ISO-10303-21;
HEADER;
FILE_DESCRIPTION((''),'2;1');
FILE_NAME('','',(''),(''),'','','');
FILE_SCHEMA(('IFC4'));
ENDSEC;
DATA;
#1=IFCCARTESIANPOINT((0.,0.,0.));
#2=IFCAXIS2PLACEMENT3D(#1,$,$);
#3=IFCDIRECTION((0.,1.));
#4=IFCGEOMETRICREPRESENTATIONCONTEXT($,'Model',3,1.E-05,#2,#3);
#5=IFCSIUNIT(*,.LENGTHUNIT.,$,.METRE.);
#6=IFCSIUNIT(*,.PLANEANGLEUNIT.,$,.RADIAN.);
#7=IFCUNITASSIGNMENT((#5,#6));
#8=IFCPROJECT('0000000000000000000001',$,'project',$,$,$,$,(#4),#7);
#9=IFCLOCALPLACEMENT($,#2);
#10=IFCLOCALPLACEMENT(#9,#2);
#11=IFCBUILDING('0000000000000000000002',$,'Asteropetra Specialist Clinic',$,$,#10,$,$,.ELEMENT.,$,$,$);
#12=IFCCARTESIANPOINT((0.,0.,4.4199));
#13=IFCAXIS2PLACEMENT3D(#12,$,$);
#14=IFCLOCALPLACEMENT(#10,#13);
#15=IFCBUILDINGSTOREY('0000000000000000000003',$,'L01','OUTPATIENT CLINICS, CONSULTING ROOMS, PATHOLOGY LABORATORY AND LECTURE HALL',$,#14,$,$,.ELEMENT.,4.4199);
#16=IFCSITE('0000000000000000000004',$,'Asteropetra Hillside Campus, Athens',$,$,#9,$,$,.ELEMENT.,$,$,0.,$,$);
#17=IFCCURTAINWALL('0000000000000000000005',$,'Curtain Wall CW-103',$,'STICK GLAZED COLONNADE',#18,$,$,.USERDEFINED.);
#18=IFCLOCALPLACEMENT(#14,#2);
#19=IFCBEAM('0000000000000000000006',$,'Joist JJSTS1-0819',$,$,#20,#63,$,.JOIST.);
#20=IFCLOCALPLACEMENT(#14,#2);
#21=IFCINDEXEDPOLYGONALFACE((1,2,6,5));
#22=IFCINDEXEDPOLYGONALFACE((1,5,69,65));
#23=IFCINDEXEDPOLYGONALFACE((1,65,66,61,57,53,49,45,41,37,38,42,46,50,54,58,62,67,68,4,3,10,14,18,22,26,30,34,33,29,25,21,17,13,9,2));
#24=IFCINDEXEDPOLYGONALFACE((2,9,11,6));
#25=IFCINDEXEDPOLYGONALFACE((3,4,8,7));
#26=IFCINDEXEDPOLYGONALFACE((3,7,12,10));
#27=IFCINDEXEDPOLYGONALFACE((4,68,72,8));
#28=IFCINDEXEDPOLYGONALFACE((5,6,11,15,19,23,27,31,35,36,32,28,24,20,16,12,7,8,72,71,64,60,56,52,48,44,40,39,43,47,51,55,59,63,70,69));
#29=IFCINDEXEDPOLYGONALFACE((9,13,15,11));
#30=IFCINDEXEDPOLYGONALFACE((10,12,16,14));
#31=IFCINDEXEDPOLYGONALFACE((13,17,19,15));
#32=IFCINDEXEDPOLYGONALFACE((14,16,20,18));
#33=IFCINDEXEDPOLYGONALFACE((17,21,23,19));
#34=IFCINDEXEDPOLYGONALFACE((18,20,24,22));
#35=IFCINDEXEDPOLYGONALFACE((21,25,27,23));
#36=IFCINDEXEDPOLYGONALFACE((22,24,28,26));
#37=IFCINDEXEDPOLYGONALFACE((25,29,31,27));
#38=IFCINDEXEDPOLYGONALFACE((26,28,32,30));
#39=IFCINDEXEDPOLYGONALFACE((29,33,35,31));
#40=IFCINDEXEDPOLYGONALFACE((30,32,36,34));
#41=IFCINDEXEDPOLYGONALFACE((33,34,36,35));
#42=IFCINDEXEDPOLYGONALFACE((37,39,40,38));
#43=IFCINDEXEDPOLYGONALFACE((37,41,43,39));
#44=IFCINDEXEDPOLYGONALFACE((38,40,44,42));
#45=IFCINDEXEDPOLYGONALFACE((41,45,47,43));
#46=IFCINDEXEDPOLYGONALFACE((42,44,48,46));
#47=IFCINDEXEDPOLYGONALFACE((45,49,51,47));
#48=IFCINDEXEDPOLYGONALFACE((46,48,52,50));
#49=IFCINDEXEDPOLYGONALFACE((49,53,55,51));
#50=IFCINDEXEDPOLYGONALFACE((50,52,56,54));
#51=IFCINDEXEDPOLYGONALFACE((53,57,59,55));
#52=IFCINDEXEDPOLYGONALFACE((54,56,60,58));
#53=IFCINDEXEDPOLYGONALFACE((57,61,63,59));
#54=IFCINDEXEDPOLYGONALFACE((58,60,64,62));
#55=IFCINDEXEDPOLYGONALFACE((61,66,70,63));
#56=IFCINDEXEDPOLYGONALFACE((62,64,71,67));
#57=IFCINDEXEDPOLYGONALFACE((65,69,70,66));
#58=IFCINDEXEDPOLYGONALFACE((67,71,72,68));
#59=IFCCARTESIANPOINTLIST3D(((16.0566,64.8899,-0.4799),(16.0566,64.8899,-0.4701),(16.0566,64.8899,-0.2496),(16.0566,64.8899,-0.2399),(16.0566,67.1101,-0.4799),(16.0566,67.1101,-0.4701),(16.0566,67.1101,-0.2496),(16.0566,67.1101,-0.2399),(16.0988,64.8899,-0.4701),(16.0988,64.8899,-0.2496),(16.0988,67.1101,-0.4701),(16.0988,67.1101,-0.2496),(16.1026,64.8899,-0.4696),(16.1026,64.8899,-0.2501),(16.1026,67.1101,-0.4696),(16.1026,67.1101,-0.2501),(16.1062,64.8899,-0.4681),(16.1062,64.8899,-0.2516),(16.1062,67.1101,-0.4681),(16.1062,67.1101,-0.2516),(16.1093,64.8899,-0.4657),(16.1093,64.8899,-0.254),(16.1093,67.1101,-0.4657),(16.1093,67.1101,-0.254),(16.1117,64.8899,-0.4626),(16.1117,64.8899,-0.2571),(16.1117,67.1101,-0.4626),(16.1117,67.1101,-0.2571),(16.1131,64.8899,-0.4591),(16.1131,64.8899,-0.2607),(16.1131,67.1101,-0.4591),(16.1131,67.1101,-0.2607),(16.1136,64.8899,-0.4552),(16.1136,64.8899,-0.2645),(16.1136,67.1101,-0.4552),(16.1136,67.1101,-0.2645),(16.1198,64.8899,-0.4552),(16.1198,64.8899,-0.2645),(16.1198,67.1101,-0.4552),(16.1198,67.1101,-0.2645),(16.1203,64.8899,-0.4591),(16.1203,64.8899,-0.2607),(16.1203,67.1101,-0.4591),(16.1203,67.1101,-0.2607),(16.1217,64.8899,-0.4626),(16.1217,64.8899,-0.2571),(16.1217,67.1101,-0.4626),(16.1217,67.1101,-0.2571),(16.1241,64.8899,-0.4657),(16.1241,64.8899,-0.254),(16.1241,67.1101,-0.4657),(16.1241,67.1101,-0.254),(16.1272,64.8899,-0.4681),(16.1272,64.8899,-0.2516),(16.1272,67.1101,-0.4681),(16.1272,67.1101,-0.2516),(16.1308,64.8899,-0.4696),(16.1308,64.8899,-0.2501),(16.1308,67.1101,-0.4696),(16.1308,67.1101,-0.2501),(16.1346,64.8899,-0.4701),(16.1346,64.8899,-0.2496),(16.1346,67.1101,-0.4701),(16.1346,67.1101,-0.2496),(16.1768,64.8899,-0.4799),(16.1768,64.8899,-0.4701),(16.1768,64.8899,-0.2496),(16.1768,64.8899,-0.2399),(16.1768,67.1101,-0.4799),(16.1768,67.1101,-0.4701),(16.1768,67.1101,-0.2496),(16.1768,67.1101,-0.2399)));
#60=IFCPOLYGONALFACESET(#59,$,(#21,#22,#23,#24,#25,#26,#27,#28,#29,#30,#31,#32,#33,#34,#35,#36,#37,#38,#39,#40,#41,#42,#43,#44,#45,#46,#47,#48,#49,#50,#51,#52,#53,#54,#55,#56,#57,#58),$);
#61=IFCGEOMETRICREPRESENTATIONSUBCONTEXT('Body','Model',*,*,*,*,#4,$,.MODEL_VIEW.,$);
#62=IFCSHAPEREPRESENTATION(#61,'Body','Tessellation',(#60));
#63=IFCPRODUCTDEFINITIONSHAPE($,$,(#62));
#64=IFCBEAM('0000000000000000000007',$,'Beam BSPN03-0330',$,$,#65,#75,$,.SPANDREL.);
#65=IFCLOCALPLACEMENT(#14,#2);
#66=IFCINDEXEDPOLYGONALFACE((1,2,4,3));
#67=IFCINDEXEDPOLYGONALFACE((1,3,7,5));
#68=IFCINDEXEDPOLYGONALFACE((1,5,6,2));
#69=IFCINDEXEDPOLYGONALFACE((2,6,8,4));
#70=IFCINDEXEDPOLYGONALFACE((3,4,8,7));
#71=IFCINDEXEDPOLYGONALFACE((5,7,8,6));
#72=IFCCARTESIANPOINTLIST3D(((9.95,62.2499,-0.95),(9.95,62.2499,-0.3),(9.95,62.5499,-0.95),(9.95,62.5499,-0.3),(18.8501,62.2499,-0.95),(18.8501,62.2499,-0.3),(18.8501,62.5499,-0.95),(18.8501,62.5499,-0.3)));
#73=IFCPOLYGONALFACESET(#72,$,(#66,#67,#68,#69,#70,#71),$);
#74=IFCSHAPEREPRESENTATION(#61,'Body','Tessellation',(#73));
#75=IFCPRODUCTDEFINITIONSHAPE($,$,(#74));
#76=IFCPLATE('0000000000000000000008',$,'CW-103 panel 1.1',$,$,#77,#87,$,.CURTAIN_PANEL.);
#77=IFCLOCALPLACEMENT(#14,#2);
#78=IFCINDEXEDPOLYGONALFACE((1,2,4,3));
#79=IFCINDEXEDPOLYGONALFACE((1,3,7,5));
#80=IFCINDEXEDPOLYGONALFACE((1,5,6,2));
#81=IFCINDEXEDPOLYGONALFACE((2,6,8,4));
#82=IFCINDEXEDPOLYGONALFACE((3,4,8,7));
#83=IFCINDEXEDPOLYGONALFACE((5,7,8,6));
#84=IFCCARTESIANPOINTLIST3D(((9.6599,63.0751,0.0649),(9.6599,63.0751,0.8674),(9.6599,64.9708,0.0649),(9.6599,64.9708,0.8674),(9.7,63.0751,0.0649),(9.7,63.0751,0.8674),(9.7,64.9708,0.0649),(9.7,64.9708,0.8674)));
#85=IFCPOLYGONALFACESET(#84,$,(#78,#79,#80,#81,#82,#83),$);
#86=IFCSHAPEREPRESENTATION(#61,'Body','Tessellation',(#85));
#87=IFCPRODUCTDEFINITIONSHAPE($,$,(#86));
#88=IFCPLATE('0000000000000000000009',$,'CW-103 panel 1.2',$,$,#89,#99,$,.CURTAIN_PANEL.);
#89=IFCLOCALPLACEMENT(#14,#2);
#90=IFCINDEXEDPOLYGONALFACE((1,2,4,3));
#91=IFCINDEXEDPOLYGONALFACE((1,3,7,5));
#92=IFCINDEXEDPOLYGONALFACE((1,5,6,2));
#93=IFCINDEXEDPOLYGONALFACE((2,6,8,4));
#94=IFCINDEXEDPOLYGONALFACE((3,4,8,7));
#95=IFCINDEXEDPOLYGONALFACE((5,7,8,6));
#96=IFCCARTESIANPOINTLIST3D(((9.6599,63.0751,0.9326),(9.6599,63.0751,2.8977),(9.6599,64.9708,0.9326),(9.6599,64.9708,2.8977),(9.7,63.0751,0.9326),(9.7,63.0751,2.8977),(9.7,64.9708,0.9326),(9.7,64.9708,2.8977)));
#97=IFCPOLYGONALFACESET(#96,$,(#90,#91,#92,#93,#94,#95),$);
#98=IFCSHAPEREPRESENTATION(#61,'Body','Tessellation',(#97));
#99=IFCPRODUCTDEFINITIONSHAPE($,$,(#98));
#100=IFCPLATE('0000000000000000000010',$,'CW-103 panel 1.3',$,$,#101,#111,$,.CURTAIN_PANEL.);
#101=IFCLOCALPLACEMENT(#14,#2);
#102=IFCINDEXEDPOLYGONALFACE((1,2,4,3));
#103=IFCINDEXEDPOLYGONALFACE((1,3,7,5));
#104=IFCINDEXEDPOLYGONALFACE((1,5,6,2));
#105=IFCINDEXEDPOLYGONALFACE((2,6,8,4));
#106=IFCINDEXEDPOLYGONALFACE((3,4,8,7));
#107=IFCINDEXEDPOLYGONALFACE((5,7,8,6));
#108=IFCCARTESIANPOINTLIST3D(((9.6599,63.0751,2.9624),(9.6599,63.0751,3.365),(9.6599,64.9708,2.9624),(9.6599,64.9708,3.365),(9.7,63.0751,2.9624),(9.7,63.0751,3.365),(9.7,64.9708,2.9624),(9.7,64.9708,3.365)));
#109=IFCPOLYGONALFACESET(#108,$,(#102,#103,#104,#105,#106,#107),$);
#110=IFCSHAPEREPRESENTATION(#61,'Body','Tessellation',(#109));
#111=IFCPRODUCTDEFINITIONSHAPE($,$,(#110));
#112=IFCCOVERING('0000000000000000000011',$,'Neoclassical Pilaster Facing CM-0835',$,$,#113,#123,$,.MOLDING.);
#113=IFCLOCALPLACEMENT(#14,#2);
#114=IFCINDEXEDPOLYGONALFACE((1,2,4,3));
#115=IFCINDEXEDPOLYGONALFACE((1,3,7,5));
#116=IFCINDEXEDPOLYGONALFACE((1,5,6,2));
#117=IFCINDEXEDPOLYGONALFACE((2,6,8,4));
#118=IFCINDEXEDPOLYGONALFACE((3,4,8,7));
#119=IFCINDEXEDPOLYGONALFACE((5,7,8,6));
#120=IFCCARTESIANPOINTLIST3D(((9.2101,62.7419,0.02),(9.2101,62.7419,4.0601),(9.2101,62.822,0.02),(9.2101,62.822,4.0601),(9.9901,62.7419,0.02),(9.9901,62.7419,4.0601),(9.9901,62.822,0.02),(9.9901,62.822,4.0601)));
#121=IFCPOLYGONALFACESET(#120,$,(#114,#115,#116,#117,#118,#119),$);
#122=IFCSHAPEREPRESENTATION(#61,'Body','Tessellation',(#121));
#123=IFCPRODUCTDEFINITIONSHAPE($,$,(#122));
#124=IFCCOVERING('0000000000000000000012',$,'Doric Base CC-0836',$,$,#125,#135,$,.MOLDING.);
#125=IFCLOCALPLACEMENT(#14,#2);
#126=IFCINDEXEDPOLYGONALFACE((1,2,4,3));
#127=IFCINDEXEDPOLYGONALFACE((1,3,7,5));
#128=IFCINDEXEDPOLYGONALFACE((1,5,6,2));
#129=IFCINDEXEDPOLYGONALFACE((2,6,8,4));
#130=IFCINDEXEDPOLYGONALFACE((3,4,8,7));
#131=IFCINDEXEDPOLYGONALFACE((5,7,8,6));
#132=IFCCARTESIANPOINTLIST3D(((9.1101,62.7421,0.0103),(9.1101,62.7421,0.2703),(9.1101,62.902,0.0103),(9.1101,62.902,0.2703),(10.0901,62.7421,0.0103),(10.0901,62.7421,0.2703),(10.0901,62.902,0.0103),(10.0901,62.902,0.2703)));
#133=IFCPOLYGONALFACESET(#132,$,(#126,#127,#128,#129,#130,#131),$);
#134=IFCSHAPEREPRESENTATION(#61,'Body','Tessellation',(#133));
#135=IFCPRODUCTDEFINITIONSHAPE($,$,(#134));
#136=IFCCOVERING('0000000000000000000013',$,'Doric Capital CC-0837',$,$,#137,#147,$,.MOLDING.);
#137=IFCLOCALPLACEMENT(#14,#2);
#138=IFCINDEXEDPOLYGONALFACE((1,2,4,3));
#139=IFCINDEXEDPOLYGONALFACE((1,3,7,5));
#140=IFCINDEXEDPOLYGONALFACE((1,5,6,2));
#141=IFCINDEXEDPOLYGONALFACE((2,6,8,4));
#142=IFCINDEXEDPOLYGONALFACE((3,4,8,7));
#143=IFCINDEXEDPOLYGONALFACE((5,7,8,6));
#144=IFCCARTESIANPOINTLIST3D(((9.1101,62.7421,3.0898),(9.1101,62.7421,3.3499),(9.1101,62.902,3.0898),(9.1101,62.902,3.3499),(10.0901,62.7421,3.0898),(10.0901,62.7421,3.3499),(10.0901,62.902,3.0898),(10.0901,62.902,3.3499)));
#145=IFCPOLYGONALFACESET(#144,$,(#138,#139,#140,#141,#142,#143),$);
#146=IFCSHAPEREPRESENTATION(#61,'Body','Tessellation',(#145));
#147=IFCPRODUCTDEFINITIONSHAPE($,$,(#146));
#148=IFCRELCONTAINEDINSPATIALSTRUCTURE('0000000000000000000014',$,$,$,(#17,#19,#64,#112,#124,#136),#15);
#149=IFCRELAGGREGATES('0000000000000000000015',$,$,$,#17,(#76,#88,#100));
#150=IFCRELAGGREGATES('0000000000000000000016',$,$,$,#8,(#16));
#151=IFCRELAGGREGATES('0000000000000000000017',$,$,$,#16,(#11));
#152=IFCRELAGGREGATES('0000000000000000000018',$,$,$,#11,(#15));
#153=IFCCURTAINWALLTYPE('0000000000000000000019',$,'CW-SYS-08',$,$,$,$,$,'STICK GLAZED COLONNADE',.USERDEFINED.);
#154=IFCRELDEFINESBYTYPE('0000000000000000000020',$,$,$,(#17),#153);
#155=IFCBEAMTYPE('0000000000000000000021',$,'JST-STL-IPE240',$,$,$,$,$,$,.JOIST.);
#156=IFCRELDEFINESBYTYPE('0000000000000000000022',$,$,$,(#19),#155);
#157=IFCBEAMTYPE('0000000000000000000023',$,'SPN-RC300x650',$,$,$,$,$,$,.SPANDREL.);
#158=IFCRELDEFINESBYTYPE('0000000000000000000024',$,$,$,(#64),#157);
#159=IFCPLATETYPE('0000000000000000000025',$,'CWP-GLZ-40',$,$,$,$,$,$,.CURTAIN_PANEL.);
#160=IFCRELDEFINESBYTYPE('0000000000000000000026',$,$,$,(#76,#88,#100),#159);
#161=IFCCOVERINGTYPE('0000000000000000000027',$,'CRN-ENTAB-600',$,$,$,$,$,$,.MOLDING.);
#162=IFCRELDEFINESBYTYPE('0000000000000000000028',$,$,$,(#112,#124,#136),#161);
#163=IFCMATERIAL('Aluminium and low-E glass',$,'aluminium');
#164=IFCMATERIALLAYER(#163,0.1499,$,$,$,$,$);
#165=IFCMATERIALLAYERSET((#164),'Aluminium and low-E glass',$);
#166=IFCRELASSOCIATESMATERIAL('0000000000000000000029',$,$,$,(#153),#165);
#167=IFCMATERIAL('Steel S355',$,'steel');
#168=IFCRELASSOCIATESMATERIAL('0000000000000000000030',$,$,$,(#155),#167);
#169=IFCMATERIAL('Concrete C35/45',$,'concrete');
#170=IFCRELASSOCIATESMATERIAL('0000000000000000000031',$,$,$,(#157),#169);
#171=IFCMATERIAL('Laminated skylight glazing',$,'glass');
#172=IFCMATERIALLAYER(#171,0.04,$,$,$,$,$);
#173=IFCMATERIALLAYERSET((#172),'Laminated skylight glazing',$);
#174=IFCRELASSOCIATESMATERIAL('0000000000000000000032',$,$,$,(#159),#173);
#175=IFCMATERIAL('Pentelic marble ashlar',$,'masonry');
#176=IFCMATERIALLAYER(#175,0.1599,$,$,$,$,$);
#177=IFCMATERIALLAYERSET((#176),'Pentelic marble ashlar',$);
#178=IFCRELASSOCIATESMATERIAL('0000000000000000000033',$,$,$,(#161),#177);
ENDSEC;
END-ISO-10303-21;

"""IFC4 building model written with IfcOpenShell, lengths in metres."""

from ifc_helpers import new_model, si_unit, direction, frame, origin, origin_2d, place, context, subcontext, project, spatial, rectangle, i_section, extrude, material, layer, layer_set, material_profile, profile_set, type_object, element, aggregate, save


model = new_model("IFC4")

# Units and contexts
model_context = context("Model", 3, precision=1e-05, world=origin(), true_north=direction((0.0, 1.0)))
body_context = subcontext(model_context, "Body", "Model", "MODEL_VIEW")
ifc_project = project(units=[si_unit("LENGTHUNIT", "METRE"), si_unit("PLANEANGLEUNIT", "RADIAN")], contexts=[model_context])

# Site, building, storey
site_placement = place(None, origin())
site = spatial("IfcSite", under=ifc_project, at=site_placement, Name="Asteropetra Hillside Campus, Athens", CompositionType="ELEMENT", RefElevation=0.0)
building_placement = place(site_placement, origin())
building = spatial("IfcBuilding", under=site, at=building_placement, Name="Asteropetra Specialist Clinic", CompositionType="ELEMENT")
storey_placement = place(building_placement, frame((0.0, 0.0, 4.4199)))
storey = spatial("IfcBuildingStorey", under=building, at=storey_placement, Name="L01", Description="OUTPATIENT CLINICS, CONSULTING ROOMS, PATHOLOGY LABORATORY AND LECTURE HALL", CompositionType="ELEMENT", Elevation=4.4199)

# Curtain wall
ifc_material_1 = material(Name="Aluminium and low-E glass", Category="aluminium")
ifc_layer_1 = layer(ifc_material_1, 0.1499)
ifc_layer_set_1 = layer_set([ifc_layer_1], Name="Aluminium and low-E glass")
curtain_wall_type_1 = type_object("IfcCurtainWallType", Name="CW-SYS-08", ElementType="STICK GLAZED COLONNADE", PredefinedType="USERDEFINED", material=ifc_layer_set_1)
curtain_wall_1_placement = place(storey_placement, origin())
curtain_wall_1 = element("IfcCurtainWall", 1, at=curtain_wall_1_placement, inside=storey, type_object=curtain_wall_type_1, Name="Curtain Wall CW-103", ObjectType="STICK GLAZED COLONNADE", PredefinedType="USERDEFINED")

# Beams
ifc_material_2 = material(Name="Steel S355", Category="steel")
ifc_material_profile_1 = material_profile(ifc_material_2, i_section(OverallWidth=0.1201, OverallDepth=0.24, WebThickness=0.0061, FlangeThickness=0.0098, FilletRadius=0.0149, at=origin_2d()), Name="IPE 240")
ifc_profile_set_1 = profile_set([ifc_material_profile_1], Name="Steel S355")
beam_type_1 = type_object("IfcBeamType", Name="JST-STL-IPE240", PredefinedType="JOIST", material=ifc_profile_set_1)
for number, where, z_axis, x_axis, name in (
    (2, (16.1167, 64.8899, -0.3599), (0.0, 1.0, 0.0), (-1.0, 0.0, 0.0), "Joist JJSTS1-0819"),
):
    element("IfcBeam", number, at=place(storey_placement, frame(where, z_axis=z_axis, x_axis=x_axis)), inside=storey, type_object=beam_type_1, Name=name, PredefinedType="JOIST", context=body_context, shape_type="SweptSolid", body=[
        extrude(i_section(OverallWidth=0.1201, OverallDepth=0.24, WebThickness=0.0061, FlangeThickness=0.0098, FilletRadius=0.0149, at=origin_2d()), origin(), (0.0, 0.0, 1.0), 2.2202),
    ])
ifc_material_3 = material(Name="Concrete C35/45", Category="concrete")
ifc_material_profile_2 = material_profile(ifc_material_3, rectangle(XDim=0.3, YDim=0.6499, at=origin_2d()), Name="RCS 300x650")
ifc_profile_set_2 = profile_set([ifc_material_profile_2], Name="Concrete C35/45")
beam_type_2 = type_object("IfcBeamType", Name="SPN-RC300x650", PredefinedType="SPANDREL", material=ifc_profile_set_2)
beam_1_placement = place(storey_placement, frame((9.95, 62.3999, -0.625), z_axis=(1.0, 0.0, 0.0), x_axis=(0.0, 1.0, 0.0)))
element("IfcBeam", 3, at=beam_1_placement, inside=storey, type_object=beam_type_2, Name="Beam BSPN03-0330", PredefinedType="SPANDREL", context=body_context, shape_type="SweptSolid", body=[
    extrude(rectangle(XDim=0.3, YDim=0.6499, at=origin_2d()), origin(), (0.0, 0.0, 1.0), 8.9001),
])

# Plates
ifc_material_4 = material(Name="Laminated skylight glazing", Category="glass")
ifc_layer_2 = layer(ifc_material_4, 0.04)
ifc_layer_set_2 = layer_set([ifc_layer_2], Name="Laminated skylight glazing")
plate_type = type_object("IfcPlateType", Name="CWP-GLZ-40", PredefinedType="CURTAIN_PANEL", material=ifc_layer_set_2)
plate_1_placement = place(storey_placement, frame((9.6799, 64.0229, 0.0649), z_axis=(0.0, 0.0, 1.0), x_axis=(0.0, 1.0, 0.0)))
plate_1 = element("IfcPlate", 4, at=plate_1_placement, type_object=plate_type, Name="CW-103 panel 1.1", PredefinedType="CURTAIN_PANEL", context=body_context, shape_type="SweptSolid", body=[
    extrude(rectangle(XDim=1.8958, YDim=0.04, at=origin_2d()), origin(), (0.0, 0.0, 1.0), 0.8025),
])
plate_2_placement = place(storey_placement, frame((9.6799, 64.0229, 0.9326), z_axis=(0.0, 0.0, 1.0), x_axis=(0.0, 1.0, 0.0)))
plate_2 = element("IfcPlate", 5, at=plate_2_placement, type_object=plate_type, Name="CW-103 panel 1.2", PredefinedType="CURTAIN_PANEL", context=body_context, shape_type="SweptSolid", body=[
    extrude(rectangle(XDim=1.8958, YDim=0.04, at=origin_2d()), origin(), (0.0, 0.0, 1.0), 1.9651),
])
plate_3_placement = place(storey_placement, frame((9.6799, 64.0229, 2.9624), z_axis=(0.0, 0.0, 1.0), x_axis=(0.0, 1.0, 0.0)))
plate_3 = element("IfcPlate", 6, at=plate_3_placement, type_object=plate_type, Name="CW-103 panel 1.3", PredefinedType="CURTAIN_PANEL", context=body_context, shape_type="SweptSolid", body=[
    extrude(rectangle(XDim=1.8958, YDim=0.04, at=origin_2d()), origin(), (0.0, 0.0, 1.0), 0.4026),
])
aggregate(curtain_wall_1, [plate_1, plate_2, plate_3])

# Coverings
ifc_material_5 = material(Name="Pentelic marble ashlar", Category="masonry")
ifc_layer_3 = layer(ifc_material_5, 0.1599)
ifc_layer_set_3 = layer_set([ifc_layer_3], Name="Pentelic marble ashlar")
covering_type = type_object("IfcCoveringType", Name="CRN-ENTAB-600", PredefinedType="MOLDING", material=ifc_layer_set_3)
covering_placement = place(storey_placement, frame((9.6001, 62.782, 0.02), z_axis=(0.0, 0.0, 1.0), x_axis=(1.0, 0.0, 0.0)))
element("IfcCovering", 7, at=covering_placement, inside=storey, type_object=covering_type, Name="Neoclassical Pilaster Facing CM-0835", PredefinedType="MOLDING", context=body_context, shape_type="SweptSolid", body=[
    extrude(rectangle(XDim=0.78, YDim=0.0801, at=origin_2d()), origin(), (0.0, 0.0, 1.0), 4.04),
])
for number, where, z_axis, x_axis, name in (
    (8, (9.6001, 62.822, 0.0103), (0.0, 0.0, 1.0), (1.0, 0.0, 0.0), "Doric Base CC-0836"),
    (9, (9.6001, 62.822, 3.0898), (0.0, 0.0, 1.0), (1.0, 0.0, 0.0), "Doric Capital CC-0837"),
):
    element("IfcCovering", number, at=place(storey_placement, frame(where, z_axis=z_axis, x_axis=x_axis)), inside=storey, type_object=covering_type, Name=name, PredefinedType="MOLDING", context=body_context, shape_type="SweptSolid", body=[
        extrude(rectangle(XDim=0.98, YDim=0.1599, at=origin_2d()), origin(), (0.0, 0.0, 1.0), 0.26),
    ])

save(model, "model.ifc")
